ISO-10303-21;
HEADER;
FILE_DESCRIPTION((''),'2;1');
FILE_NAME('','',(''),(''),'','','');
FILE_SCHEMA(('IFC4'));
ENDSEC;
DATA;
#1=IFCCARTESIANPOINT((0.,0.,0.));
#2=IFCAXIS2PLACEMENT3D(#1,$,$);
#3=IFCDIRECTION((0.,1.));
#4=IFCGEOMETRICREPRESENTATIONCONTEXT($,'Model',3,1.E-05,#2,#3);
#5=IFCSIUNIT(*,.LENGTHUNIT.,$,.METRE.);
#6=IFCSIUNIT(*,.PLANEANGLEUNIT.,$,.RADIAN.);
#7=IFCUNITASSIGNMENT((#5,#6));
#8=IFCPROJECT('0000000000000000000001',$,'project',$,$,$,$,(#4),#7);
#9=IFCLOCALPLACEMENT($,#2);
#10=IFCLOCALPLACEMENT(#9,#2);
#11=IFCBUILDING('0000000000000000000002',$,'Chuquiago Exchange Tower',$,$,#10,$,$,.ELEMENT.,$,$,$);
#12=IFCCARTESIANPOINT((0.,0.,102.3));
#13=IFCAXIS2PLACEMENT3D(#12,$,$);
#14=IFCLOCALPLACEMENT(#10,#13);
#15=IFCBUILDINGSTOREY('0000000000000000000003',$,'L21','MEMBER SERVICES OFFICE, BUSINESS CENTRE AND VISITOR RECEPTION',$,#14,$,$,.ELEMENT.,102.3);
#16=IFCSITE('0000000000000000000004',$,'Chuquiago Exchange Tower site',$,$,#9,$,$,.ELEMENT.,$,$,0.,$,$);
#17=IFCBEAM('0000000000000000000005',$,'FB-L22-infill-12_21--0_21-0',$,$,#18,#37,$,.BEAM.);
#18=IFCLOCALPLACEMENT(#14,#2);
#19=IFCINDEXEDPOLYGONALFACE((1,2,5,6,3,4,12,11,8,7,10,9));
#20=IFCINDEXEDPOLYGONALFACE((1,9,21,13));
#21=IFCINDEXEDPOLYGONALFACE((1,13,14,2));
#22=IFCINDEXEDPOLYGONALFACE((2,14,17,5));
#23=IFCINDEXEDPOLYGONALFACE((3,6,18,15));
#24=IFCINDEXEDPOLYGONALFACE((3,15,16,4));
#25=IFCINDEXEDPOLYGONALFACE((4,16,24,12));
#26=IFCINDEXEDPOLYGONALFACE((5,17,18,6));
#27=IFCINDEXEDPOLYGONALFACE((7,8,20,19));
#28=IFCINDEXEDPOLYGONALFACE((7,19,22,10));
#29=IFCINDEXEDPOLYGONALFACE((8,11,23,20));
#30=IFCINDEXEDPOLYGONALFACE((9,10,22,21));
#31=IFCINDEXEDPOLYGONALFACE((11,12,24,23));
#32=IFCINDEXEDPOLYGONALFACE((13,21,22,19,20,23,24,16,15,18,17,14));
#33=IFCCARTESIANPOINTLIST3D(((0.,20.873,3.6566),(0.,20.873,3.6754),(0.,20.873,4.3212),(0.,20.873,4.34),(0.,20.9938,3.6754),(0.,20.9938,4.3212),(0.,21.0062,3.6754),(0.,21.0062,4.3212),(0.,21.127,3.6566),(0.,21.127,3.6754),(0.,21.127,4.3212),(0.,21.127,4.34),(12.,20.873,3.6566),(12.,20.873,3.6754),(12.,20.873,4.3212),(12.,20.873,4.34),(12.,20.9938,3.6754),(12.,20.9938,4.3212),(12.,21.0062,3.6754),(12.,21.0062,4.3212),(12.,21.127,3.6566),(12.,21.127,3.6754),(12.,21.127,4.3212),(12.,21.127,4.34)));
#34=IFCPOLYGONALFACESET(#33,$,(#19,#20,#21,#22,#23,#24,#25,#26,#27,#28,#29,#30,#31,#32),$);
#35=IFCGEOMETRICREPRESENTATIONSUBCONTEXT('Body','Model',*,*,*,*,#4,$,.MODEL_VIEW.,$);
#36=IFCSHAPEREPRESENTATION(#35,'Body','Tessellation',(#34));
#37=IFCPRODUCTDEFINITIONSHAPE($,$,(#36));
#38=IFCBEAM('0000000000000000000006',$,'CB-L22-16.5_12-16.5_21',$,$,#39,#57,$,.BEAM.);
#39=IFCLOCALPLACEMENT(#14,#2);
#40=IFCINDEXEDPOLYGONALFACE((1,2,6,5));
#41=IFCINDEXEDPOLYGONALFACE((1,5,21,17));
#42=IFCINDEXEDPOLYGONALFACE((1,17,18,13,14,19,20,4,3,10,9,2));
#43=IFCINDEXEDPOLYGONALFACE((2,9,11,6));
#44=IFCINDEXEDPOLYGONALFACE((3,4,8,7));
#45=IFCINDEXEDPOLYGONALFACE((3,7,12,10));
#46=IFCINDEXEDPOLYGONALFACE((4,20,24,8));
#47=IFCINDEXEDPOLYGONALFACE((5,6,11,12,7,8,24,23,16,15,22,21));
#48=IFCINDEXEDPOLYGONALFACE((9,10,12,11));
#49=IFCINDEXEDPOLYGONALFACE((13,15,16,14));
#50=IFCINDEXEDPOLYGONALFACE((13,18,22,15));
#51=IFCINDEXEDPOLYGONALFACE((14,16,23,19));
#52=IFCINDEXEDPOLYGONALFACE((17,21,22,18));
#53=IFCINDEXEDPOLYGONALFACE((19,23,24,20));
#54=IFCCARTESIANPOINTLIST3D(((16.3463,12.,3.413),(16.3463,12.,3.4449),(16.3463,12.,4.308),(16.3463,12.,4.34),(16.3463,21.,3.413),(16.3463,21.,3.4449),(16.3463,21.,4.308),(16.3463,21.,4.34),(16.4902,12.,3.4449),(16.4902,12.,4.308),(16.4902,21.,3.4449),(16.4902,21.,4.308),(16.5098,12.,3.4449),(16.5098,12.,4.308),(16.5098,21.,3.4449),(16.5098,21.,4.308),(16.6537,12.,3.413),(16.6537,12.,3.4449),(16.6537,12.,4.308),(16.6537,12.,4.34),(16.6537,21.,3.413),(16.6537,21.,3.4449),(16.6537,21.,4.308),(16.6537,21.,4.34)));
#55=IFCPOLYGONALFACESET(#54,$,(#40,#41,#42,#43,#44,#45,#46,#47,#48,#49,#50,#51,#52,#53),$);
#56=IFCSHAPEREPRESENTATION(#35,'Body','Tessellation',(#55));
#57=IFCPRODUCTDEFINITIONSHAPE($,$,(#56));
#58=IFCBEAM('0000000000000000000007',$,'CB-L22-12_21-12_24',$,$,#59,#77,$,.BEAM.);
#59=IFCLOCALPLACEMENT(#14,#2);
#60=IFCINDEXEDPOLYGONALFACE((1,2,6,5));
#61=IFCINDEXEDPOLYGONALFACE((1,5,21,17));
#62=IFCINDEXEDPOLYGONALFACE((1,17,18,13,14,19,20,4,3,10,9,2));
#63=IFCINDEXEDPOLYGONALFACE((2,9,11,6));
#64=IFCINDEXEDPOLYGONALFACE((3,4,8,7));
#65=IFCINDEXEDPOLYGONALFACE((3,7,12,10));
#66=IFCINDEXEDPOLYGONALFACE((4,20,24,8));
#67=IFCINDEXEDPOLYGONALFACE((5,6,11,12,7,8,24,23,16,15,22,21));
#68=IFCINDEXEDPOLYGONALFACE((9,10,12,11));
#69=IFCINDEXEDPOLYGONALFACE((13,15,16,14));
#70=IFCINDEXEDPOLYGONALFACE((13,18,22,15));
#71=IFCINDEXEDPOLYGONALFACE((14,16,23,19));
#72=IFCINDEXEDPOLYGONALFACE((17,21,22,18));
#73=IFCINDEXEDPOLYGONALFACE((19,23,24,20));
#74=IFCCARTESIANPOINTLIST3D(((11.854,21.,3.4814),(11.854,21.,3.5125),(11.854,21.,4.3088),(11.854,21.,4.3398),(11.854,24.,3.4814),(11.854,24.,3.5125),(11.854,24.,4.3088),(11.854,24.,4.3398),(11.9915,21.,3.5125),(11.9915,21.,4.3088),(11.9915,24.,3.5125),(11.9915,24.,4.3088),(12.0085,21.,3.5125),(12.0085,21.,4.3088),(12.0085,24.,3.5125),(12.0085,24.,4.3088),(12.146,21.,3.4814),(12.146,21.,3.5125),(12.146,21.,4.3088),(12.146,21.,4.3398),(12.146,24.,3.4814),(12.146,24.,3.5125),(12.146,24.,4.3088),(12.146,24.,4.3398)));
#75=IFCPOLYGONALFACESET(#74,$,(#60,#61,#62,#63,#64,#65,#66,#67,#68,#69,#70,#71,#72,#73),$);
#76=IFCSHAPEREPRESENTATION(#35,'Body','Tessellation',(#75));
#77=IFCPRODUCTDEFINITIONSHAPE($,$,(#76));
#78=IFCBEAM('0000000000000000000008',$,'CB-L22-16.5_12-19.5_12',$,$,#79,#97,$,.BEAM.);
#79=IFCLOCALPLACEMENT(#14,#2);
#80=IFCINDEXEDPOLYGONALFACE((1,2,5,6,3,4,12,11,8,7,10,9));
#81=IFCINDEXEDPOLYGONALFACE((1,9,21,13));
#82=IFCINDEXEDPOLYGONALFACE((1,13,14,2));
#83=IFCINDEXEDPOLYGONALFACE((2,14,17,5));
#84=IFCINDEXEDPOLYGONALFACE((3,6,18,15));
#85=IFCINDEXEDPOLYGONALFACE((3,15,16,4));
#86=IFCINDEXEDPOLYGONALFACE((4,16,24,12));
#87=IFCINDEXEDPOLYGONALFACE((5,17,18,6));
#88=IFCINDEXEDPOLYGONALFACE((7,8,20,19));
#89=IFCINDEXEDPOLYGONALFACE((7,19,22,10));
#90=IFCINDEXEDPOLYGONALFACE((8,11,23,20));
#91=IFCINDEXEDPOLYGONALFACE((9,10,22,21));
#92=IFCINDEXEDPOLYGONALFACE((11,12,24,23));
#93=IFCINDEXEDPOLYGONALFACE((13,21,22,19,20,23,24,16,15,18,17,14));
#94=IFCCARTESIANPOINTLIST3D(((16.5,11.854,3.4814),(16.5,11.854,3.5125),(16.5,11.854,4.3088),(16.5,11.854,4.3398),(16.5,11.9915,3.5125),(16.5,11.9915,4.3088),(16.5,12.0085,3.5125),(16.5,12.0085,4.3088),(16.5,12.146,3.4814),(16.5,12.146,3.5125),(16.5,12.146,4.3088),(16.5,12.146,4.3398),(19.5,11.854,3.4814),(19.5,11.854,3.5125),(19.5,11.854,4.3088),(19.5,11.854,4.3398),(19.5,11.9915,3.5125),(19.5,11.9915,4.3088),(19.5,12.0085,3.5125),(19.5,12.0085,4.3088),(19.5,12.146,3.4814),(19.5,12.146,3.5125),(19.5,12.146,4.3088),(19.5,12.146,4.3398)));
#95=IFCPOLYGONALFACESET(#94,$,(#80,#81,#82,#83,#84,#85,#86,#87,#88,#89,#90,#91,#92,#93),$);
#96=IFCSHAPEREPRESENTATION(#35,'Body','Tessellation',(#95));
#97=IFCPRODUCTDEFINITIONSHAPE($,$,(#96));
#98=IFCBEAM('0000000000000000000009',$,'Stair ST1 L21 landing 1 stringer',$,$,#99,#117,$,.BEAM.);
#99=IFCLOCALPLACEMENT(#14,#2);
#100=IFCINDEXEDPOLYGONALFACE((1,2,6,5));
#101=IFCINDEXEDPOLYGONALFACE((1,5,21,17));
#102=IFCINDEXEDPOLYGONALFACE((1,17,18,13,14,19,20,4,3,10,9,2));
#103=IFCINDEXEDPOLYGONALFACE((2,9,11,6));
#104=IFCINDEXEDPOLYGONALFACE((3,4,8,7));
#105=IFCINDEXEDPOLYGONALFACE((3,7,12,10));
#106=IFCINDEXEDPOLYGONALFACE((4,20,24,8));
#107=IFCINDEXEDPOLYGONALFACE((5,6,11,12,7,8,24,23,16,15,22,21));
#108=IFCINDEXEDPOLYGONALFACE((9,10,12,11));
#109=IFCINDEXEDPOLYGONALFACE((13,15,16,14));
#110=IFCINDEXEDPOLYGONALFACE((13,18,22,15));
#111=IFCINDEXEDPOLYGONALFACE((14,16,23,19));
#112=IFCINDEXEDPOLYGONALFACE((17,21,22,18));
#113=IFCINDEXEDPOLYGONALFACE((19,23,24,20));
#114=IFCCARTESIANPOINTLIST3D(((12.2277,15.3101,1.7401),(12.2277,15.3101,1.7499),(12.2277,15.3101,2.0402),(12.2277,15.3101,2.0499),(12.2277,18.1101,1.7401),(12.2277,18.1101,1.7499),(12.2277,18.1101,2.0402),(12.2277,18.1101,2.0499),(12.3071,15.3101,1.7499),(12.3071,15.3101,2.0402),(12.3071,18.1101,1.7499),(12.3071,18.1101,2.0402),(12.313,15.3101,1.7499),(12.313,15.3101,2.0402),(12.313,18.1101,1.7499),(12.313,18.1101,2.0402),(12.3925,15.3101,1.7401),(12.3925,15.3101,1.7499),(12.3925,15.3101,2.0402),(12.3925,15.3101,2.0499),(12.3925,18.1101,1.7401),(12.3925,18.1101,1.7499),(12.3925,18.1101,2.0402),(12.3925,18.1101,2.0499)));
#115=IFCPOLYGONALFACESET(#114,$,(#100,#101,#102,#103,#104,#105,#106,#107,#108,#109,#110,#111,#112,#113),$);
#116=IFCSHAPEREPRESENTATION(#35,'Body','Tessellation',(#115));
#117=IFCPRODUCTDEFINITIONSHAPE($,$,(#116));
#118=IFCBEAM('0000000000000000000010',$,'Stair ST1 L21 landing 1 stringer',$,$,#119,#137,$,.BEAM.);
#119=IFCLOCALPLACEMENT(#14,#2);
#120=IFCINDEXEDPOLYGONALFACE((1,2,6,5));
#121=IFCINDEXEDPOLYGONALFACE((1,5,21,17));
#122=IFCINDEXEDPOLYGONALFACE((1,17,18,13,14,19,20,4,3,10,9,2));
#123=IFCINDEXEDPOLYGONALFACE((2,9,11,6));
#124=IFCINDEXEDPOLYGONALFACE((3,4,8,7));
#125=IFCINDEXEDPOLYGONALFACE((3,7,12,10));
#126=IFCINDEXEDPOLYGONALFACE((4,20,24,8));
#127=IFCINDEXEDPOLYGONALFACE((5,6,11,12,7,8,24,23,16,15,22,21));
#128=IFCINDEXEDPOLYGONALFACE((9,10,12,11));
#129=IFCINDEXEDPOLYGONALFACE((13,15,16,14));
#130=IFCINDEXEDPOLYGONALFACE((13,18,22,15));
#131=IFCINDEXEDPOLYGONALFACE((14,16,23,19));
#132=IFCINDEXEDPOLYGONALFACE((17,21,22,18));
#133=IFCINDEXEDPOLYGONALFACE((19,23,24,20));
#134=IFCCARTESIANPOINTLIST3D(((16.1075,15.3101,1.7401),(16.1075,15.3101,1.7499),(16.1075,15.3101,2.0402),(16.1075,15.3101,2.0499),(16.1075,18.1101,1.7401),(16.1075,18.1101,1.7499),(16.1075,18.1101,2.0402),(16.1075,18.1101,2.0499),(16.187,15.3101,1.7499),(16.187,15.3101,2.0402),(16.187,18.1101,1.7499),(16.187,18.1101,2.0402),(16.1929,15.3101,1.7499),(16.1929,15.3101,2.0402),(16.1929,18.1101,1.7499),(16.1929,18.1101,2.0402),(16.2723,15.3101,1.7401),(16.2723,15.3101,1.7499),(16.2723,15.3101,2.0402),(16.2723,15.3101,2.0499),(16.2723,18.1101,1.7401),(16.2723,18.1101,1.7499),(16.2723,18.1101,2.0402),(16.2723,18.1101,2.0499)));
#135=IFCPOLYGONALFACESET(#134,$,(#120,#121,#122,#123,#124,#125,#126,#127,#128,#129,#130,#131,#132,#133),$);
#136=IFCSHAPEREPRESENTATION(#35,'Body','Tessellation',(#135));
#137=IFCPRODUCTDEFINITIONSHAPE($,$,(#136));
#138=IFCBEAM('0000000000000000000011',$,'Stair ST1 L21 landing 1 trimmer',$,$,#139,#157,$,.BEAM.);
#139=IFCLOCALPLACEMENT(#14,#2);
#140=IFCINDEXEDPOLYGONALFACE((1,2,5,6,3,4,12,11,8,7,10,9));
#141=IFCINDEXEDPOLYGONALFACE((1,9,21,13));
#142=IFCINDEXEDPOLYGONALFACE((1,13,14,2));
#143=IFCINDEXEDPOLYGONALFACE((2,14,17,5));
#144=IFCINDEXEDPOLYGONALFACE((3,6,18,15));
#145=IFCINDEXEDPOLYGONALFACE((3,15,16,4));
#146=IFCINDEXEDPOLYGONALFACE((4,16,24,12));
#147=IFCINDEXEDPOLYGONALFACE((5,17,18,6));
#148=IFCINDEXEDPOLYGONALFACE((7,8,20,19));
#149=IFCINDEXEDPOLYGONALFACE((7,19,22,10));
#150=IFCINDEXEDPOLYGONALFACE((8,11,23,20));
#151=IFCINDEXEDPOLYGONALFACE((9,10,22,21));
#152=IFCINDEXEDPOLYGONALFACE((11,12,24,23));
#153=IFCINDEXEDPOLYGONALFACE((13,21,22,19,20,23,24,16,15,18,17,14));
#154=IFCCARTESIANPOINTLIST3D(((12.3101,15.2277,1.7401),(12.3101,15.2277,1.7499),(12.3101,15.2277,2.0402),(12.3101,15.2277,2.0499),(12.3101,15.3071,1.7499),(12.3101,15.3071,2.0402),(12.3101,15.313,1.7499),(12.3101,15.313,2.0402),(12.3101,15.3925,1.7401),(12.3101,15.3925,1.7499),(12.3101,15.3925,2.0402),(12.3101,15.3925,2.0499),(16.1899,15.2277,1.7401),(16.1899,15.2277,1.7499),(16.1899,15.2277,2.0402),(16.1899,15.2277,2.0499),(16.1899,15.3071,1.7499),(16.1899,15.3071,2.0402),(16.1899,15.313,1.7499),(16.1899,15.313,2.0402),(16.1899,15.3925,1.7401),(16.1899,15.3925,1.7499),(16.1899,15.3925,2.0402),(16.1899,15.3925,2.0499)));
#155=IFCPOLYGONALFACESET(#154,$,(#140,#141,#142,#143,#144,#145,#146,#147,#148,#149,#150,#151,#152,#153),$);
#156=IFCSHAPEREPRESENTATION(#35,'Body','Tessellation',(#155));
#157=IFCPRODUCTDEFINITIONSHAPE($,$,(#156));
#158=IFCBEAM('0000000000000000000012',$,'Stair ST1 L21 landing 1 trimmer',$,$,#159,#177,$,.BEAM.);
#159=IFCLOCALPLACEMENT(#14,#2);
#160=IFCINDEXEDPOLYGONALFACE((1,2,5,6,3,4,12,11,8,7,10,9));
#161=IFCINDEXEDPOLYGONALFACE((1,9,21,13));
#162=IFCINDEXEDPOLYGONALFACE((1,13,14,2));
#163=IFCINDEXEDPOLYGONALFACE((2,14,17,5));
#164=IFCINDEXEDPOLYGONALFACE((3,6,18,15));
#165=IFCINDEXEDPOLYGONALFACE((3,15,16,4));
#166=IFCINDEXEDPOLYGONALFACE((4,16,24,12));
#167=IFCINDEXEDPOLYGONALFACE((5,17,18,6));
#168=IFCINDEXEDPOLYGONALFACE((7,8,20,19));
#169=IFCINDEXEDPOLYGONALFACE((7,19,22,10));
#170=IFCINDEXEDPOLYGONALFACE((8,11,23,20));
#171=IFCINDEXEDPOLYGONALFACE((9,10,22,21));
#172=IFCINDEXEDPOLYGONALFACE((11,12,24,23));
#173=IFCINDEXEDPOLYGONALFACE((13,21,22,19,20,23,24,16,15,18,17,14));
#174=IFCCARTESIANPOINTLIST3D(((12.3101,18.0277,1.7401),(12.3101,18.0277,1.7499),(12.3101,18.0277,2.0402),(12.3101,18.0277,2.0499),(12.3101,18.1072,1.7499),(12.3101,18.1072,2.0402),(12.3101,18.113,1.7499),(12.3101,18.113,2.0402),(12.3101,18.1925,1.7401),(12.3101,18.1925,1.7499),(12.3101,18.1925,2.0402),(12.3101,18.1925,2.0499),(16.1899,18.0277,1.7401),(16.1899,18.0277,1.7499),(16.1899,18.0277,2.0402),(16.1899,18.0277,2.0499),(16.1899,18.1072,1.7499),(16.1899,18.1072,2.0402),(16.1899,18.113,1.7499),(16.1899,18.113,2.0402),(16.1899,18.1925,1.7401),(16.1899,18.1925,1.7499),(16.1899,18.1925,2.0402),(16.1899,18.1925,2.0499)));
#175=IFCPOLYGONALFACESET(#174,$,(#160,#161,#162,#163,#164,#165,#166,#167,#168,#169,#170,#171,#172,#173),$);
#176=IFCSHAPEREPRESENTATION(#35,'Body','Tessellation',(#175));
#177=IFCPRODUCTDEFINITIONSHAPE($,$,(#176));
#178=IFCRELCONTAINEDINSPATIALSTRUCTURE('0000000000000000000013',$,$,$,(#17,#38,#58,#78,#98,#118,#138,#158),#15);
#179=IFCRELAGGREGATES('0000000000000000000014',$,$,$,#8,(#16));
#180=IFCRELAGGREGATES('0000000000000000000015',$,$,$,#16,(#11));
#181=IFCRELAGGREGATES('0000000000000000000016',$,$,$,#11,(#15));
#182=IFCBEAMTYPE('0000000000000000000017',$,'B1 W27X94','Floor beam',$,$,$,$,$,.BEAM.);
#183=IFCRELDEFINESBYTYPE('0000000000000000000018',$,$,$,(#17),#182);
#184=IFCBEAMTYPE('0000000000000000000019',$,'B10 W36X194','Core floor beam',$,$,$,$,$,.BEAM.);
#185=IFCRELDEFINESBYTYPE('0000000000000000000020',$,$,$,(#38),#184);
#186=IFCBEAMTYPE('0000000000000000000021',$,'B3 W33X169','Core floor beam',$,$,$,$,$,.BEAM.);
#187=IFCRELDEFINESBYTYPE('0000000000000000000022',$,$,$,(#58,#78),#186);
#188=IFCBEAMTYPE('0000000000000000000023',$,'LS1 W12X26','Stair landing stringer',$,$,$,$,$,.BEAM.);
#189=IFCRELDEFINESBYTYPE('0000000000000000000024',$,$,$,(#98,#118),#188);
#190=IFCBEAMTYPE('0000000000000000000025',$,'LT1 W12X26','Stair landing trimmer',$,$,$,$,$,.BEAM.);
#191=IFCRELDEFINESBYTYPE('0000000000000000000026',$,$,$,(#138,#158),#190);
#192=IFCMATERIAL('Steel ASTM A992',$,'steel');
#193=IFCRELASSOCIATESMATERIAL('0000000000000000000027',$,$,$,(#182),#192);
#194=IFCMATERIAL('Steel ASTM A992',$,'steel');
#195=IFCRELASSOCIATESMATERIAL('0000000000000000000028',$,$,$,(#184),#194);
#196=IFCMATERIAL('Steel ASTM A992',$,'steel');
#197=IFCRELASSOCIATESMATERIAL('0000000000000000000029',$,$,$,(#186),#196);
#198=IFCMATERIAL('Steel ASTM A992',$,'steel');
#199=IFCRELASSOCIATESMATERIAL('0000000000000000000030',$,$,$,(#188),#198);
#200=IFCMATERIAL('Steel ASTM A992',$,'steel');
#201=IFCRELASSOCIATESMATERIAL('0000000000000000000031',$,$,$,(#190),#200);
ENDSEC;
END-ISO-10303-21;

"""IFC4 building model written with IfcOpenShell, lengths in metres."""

from ifc_helpers import new_model, si_unit, direction, frame, origin, origin_2d, place, context, subcontext, project, spatial, i_section, extrude, material, material_profile, profile_set, type_object, element, save


model = new_model("IFC4")

# Units and contexts
model_context = context("Model", 3, precision=1e-05, world=origin(), true_north=direction((0.0, 1.0)))
body_context = subcontext(model_context, "Body", "Model", "MODEL_VIEW")
ifc_project = project(units=[si_unit("LENGTHUNIT", "METRE"), si_unit("PLANEANGLEUNIT", "RADIAN")], contexts=[model_context])

# Site, building, storey
site_placement = place(None, origin())
site = spatial("IfcSite", under=ifc_project, at=site_placement, Name="Chuquiago Exchange Tower site", CompositionType="ELEMENT", RefElevation=0.0)
building_placement = place(site_placement, origin())
building = spatial("IfcBuilding", under=site, at=building_placement, Name="Chuquiago Exchange Tower", CompositionType="ELEMENT")
storey_placement = place(building_placement, frame((0.0, 0.0, 102.3)))
storey = spatial("IfcBuildingStorey", under=building, at=storey_placement, Name="L21", Description="MEMBER SERVICES OFFICE, BUSINESS CENTRE AND VISITOR RECEPTION", CompositionType="ELEMENT", Elevation=102.3)

# Beams
ifc_material_1 = material(Name="Steel ASTM A992", Category="steel")
ifc_material_profile_1 = material_profile(ifc_material_1, i_section(OverallWidth=0.2539, OverallDepth=0.6833, WebThickness=0.0125, FlangeThickness=0.0188, at=origin_2d()), Name="W27X94")
ifc_profile_set_1 = profile_set([ifc_material_profile_1], Name="Steel ASTM A992")
beam_type_1 = type_object("IfcBeamType", Name="B1 W27X94", Description="Floor beam", PredefinedType="BEAM", material=ifc_profile_set_1)
for number, where, z_axis, x_axis, name in (
    (1, (12.0, 21.0, 3.9983), (-1.0, 0.0, 0.0), (0.0, -1.0, 0.0), "FB-L22-infill-12_21--0_21-0"),
):
    element("IfcBeam", number, at=place(storey_placement, frame(where, z_axis=z_axis, x_axis=x_axis)), inside=storey, type_object=beam_type_1, Name=name, PredefinedType="BEAM", context=body_context, shape_type="SweptSolid", body=[
        extrude(i_section(OverallWidth=0.2539, OverallDepth=0.6833, WebThickness=0.0125, FlangeThickness=0.0188, at=origin_2d()), origin(), (0.0, 0.0, 1.0), 12.0),
    ])
ifc_material_2 = material(Name="Steel ASTM A992", Category="steel")
ifc_material_profile_2 = material_profile(ifc_material_2, i_section(OverallWidth=0.3074, OverallDepth=0.927, WebThickness=0.0195, FlangeThickness=0.032, at=origin_2d()), Name="W36X194")
ifc_profile_set_2 = profile_set([ifc_material_profile_2], Name="Steel ASTM A992")
beam_type_2 = type_object("IfcBeamType", Name="B10 W36X194", Description="Core floor beam", PredefinedType="BEAM", material=ifc_profile_set_2)
beam_1_placement = place(storey_placement, frame((16.5, 12.0, 3.8765), z_axis=(0.0, 1.0, 0.0), x_axis=(-1.0, 0.0, 0.0)))
element("IfcBeam", 2, at=beam_1_placement, inside=storey, type_object=beam_type_2, Name="CB-L22-16.5_12-16.5_21", PredefinedType="BEAM", context=body_context, shape_type="SweptSolid", body=[
    extrude(i_section(OverallWidth=0.3074, OverallDepth=0.927, WebThickness=0.0195, FlangeThickness=0.032, at=origin_2d()), origin(), (0.0, 0.0, 1.0), 9.0),
])
ifc_material_3 = material(Name="Steel ASTM A992", Category="steel")
ifc_material_profile_3 = material_profile(ifc_material_3, i_section(OverallWidth=0.292, OverallDepth=0.8584, WebThickness=0.0171, FlangeThickness=0.031, at=origin_2d()), Name="W33X169")
ifc_profile_set_3 = profile_set([ifc_material_profile_3], Name="Steel ASTM A992")
beam_type_3 = type_object("IfcBeamType", Name="B3 W33X169", Description="Core floor beam", PredefinedType="BEAM", material=ifc_profile_set_3)
for number, where, z_axis, x_axis, name in (
    (3, (12.0, 21.0, 3.9106), (0.0, 1.0, 0.0), (-1.0, 0.0, 0.0), "CB-L22-12_21-12_24"),
    (4, (16.5, 12.0, 3.9106), (1.0, 0.0, 0.0), (0.0, 1.0, 0.0), "CB-L22-16.5_12-19.5_12"),
):
    element("IfcBeam", number, at=place(storey_placement, frame(where, z_axis=z_axis, x_axis=x_axis)), inside=storey, type_object=beam_type_3, Name=name, PredefinedType="BEAM", context=body_context, shape_type="SweptSolid", body=[
        extrude(i_section(OverallWidth=0.292, OverallDepth=0.8584, WebThickness=0.0171, FlangeThickness=0.031, at=origin_2d()), origin(), (0.0, 0.0, 1.0), 3.0),
    ])
ifc_material_4 = material(Name="Steel ASTM A992", Category="steel")
ifc_material_profile_4 = material_profile(ifc_material_4, i_section(OverallWidth=0.1648, OverallDepth=0.3098, WebThickness=0.0059, FlangeThickness=0.0098, at=origin_2d()), Name="W12X26")
ifc_profile_set_4 = profile_set([ifc_material_profile_4], Name="Steel ASTM A992")
beam_type_4 = type_object("IfcBeamType", Name="LS1 W12X26", Description="Stair landing stringer", PredefinedType="BEAM", material=ifc_profile_set_4)
for number, where, z_axis, x_axis, name in (
    (5, (12.3101, 15.3101, 1.895), (0.0, 1.0, 0.0), (-1.0, 0.0, 0.0), "Stair ST1 L21 landing 1 stringer"),
    (6, (16.1899, 15.3101, 1.895), (0.0, 1.0, 0.0), (-1.0, 0.0, 0.0), "Stair ST1 L21 landing 1 stringer"),
):
    element("IfcBeam", number, at=place(storey_placement, frame(where, z_axis=z_axis, x_axis=x_axis)), inside=storey, type_object=beam_type_4, Name=name, PredefinedType="BEAM", context=body_context, shape_type="SweptSolid", body=[
        extrude(i_section(OverallWidth=0.1648, OverallDepth=0.3098, WebThickness=0.0059, FlangeThickness=0.0098, at=origin_2d()), origin(), (0.0, 0.0, 1.0), 2.8),
    ])
ifc_material_5 = material(Name="Steel ASTM A992", Category="steel")
ifc_material_profile_5 = material_profile(ifc_material_5, i_section(OverallWidth=0.1648, OverallDepth=0.3098, WebThickness=0.0059, FlangeThickness=0.0098, at=origin_2d()), Name="W12X26")
ifc_profile_set_5 = profile_set([ifc_material_profile_5], Name="Steel ASTM A992")
beam_type_5 = type_object("IfcBeamType", Name="LT1 W12X26", Description="Stair landing trimmer", PredefinedType="BEAM", material=ifc_profile_set_5)
for number, where, z_axis, x_axis, name in (
    (7, (12.3101, 15.3101, 1.895), (1.0, 0.0, 0.0), (0.0, 1.0, 0.0), "Stair ST1 L21 landing 1 trimmer"),
    (8, (12.3101, 18.1101, 1.895), (1.0, 0.0, 0.0), (0.0, 1.0, 0.0), "Stair ST1 L21 landing 1 trimmer"),
):
    element("IfcBeam", number, at=place(storey_placement, frame(where, z_axis=z_axis, x_axis=x_axis)), inside=storey, type_object=beam_type_5, Name=name, PredefinedType="BEAM", context=body_context, shape_type="SweptSolid", body=[
        extrude(i_section(OverallWidth=0.1648, OverallDepth=0.3098, WebThickness=0.0059, FlangeThickness=0.0098, at=origin_2d()), origin(), (0.0, 0.0, 1.0), 3.8799),
    ])

save(model, "model.ifc")
